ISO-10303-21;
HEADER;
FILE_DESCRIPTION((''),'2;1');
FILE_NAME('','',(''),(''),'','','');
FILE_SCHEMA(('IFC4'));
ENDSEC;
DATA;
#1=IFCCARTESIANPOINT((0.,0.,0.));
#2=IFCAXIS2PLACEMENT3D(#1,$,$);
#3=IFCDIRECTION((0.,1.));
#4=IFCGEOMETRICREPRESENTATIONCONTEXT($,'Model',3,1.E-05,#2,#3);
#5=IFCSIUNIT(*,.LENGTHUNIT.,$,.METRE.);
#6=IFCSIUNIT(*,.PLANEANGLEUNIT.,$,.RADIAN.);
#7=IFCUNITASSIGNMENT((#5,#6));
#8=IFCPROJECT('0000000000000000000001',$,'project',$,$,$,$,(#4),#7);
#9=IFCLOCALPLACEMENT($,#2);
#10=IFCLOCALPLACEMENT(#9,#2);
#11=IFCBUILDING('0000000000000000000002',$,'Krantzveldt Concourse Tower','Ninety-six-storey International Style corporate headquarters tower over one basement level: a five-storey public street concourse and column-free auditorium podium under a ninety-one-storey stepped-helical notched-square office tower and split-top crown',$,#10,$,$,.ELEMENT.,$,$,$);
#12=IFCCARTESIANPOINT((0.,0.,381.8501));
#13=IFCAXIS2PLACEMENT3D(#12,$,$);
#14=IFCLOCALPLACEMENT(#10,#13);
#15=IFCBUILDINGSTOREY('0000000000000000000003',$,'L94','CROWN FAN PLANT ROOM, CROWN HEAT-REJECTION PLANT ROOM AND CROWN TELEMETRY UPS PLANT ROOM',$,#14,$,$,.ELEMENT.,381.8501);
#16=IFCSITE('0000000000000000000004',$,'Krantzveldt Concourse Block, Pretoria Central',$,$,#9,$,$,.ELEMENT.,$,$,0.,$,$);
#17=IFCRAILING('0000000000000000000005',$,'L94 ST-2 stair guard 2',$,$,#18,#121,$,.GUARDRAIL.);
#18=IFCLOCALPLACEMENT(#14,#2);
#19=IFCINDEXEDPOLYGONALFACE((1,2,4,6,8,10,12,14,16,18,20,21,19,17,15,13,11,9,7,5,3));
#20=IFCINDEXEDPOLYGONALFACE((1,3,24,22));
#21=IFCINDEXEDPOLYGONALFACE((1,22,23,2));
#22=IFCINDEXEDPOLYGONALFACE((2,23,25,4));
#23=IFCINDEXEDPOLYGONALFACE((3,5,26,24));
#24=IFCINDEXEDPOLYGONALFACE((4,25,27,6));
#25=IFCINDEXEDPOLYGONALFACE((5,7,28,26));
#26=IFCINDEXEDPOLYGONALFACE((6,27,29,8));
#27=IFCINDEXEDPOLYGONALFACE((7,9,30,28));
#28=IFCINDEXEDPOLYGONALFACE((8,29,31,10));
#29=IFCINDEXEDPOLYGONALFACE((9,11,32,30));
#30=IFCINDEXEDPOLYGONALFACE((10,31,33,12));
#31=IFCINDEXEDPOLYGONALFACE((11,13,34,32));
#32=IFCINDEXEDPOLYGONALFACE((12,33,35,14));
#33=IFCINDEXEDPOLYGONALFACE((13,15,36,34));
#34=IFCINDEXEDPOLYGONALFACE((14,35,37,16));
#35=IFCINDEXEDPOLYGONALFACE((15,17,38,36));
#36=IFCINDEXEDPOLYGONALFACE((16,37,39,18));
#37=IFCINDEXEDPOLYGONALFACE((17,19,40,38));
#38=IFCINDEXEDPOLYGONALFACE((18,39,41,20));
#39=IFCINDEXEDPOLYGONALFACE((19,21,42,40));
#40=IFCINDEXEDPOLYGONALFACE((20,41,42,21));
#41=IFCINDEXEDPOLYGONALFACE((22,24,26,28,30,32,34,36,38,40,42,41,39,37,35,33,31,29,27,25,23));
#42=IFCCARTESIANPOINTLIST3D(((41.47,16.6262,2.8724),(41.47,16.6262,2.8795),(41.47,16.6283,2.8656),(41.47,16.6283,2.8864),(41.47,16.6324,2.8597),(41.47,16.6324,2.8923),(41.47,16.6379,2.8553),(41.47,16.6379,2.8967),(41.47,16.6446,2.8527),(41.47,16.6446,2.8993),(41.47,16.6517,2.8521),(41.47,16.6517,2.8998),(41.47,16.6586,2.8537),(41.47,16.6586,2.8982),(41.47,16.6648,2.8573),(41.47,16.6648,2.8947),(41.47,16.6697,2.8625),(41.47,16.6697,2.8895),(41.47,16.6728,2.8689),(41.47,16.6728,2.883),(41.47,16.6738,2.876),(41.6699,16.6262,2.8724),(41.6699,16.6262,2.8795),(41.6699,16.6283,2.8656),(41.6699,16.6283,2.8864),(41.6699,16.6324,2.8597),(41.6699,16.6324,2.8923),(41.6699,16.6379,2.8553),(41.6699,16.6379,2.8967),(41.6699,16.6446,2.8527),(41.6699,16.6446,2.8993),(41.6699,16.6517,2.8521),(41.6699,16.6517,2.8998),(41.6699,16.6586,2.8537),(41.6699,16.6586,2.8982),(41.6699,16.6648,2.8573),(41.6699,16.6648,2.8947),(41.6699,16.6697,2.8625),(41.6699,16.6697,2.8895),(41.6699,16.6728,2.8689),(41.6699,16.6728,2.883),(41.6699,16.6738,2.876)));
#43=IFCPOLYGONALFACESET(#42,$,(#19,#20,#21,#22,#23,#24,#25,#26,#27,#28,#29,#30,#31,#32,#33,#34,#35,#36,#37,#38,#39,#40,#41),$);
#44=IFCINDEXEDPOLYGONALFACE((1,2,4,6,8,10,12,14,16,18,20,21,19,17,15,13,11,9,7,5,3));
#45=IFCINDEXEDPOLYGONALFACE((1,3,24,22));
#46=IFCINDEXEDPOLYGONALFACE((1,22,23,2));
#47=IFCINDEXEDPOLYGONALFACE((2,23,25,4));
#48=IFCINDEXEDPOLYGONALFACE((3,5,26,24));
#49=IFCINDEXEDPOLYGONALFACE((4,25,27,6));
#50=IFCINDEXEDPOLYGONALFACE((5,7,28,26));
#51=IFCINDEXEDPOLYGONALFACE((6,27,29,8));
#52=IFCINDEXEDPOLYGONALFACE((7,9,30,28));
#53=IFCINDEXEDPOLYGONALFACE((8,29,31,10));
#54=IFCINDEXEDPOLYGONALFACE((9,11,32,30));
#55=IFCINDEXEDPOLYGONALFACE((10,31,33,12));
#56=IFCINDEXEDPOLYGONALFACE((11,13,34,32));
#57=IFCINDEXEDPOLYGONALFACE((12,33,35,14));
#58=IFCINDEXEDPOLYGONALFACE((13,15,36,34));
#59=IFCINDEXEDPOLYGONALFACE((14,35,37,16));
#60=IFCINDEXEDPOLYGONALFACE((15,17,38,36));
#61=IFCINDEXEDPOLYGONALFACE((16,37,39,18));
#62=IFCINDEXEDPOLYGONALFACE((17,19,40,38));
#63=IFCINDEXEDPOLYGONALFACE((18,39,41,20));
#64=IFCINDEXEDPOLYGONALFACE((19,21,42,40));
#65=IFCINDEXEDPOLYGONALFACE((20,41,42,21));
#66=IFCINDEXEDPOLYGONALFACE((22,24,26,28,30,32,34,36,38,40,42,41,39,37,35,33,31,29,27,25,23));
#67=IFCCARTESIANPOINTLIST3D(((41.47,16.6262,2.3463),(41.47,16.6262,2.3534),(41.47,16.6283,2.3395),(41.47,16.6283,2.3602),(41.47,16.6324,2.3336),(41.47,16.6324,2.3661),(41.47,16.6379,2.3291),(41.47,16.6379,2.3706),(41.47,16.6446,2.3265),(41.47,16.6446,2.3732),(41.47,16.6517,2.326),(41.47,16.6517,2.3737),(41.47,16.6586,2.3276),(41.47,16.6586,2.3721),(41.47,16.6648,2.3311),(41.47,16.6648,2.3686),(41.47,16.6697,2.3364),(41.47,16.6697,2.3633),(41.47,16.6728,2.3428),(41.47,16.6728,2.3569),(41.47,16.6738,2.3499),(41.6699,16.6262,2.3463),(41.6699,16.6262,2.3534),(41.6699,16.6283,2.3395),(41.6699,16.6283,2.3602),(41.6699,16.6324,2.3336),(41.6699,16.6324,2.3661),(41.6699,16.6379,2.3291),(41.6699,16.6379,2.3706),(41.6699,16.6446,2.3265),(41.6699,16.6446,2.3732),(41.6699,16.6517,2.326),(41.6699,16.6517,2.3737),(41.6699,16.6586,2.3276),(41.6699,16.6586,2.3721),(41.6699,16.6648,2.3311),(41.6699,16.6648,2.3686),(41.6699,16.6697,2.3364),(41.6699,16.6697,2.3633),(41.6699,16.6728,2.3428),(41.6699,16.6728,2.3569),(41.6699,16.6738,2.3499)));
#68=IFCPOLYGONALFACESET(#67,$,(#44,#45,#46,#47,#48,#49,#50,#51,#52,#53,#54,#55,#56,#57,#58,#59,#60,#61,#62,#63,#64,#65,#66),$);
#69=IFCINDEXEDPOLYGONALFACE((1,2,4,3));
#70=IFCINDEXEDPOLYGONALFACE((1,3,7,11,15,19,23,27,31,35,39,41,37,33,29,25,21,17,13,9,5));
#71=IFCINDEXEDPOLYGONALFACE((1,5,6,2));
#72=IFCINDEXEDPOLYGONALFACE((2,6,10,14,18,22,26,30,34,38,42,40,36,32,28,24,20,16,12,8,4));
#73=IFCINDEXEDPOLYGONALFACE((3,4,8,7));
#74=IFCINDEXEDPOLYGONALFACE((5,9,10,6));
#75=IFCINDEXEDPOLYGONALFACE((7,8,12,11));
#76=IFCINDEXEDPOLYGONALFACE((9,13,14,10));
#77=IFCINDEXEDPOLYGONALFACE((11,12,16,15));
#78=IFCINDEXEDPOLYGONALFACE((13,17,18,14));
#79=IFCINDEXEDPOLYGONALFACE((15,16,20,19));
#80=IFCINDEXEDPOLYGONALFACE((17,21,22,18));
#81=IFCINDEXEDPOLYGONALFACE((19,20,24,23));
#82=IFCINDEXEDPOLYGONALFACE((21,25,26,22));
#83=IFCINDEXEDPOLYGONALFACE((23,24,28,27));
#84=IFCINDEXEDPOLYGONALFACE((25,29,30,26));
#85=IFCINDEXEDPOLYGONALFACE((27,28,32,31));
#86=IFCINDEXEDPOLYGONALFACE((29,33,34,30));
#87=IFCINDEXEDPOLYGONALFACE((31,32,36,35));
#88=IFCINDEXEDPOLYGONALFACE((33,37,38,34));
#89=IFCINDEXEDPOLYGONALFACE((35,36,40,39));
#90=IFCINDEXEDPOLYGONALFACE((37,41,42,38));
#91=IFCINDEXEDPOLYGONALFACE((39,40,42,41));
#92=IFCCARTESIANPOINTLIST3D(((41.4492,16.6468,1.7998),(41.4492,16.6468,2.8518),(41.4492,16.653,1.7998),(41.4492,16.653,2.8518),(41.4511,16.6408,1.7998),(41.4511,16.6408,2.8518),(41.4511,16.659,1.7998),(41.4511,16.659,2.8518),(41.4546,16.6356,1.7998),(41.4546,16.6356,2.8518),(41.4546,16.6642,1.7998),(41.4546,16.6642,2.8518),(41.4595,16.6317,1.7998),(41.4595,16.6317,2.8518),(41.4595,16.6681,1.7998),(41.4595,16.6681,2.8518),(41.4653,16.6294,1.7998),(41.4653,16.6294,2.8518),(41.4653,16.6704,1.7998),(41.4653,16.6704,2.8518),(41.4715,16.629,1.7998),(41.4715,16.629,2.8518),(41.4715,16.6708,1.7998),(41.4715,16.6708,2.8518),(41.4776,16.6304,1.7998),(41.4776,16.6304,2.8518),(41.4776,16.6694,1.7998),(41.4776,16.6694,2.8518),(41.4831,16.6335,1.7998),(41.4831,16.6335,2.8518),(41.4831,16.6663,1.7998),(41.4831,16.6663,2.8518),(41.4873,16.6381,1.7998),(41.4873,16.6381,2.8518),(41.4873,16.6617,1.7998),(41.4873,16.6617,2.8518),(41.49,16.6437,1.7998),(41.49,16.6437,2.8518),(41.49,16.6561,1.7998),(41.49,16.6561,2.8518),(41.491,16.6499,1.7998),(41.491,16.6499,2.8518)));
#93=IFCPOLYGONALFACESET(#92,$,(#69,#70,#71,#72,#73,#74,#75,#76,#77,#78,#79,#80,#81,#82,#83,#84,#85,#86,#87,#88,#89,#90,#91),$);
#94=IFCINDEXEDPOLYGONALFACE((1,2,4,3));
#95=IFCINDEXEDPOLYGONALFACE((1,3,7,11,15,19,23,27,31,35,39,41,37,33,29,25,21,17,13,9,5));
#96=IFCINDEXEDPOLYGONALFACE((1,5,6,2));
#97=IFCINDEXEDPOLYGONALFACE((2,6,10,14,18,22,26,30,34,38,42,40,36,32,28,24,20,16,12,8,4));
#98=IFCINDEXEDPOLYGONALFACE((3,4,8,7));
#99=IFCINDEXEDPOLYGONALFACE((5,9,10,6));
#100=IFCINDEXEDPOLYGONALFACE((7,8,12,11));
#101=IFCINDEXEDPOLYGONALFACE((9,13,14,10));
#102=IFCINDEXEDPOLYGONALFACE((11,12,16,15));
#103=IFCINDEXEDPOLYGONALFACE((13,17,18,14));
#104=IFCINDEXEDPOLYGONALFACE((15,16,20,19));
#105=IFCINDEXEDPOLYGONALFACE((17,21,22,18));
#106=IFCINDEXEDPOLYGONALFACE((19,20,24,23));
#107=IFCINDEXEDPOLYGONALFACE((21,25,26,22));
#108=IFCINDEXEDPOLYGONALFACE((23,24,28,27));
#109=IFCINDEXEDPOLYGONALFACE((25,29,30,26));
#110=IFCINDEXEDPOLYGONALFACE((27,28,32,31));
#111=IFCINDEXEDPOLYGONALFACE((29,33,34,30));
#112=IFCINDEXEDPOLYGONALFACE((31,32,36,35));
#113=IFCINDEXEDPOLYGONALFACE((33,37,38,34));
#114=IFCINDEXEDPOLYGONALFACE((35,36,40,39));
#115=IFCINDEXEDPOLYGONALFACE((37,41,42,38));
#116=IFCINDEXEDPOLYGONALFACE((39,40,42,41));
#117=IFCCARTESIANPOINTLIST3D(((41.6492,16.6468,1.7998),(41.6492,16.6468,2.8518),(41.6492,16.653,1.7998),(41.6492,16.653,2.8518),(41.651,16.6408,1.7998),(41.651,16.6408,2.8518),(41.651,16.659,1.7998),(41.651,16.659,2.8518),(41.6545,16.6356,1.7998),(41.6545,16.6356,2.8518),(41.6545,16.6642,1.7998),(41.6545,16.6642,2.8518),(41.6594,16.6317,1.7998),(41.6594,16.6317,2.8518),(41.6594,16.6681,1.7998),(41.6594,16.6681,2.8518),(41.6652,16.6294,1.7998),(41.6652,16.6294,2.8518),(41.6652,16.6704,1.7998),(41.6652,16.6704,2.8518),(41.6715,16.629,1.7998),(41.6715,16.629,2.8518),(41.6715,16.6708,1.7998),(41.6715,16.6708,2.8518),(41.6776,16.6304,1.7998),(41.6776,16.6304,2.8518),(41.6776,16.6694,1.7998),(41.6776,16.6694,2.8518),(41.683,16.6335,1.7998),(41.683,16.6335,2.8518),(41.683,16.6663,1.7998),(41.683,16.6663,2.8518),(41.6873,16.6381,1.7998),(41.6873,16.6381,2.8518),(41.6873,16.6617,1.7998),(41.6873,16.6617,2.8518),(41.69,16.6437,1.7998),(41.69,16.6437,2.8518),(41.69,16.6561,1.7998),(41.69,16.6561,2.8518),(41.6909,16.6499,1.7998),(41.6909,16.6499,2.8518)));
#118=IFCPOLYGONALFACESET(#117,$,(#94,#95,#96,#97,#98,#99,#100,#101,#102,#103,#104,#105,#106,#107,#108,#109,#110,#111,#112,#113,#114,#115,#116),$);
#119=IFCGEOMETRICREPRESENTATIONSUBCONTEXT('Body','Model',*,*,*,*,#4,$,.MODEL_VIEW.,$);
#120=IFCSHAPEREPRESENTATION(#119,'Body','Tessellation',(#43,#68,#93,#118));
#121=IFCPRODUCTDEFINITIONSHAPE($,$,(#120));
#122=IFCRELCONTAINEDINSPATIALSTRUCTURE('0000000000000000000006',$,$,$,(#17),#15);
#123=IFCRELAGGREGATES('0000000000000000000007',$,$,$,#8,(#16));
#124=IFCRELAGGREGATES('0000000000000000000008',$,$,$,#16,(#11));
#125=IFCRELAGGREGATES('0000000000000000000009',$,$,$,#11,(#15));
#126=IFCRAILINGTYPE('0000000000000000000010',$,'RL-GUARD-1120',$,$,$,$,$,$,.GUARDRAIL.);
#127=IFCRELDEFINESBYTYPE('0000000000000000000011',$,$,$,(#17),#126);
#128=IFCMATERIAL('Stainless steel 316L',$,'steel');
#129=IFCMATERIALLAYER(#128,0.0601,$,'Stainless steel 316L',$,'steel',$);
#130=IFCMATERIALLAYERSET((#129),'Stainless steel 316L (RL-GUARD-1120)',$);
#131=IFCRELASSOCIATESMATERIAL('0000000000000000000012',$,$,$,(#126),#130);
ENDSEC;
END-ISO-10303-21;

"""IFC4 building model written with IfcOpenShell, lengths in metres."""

from ifc_helpers import new_model, si_unit, direction, frame, origin, origin_2d, place, context, subcontext, project, spatial, circle, extrude, material, layer, layer_set, type_object, element, save


model = new_model("IFC4")

# Units and contexts
model_context = context("Model", 3, precision=1e-05, world=origin(), true_north=direction((0.0, 1.0)))
body_context = subcontext(model_context, "Body", "Model", "MODEL_VIEW")
ifc_project = project(units=[si_unit("LENGTHUNIT", "METRE"), si_unit("PLANEANGLEUNIT", "RADIAN")], contexts=[model_context])

# Site, building, storey
site_placement = place(None, origin())
site = spatial("IfcSite", under=ifc_project, at=site_placement, Name="Krantzveldt Concourse Block, Pretoria Central", CompositionType="ELEMENT", RefElevation=0.0)
building_placement = place(site_placement, origin())
building = spatial("IfcBuilding", under=site, at=building_placement, Name="Krantzveldt Concourse Tower", Description="Ninety-six-storey International Style corporate headquarters tower over one basement level: a five-storey public street concourse and column-free auditorium podium under a ninety-one-storey stepped-helical notched-square office tower and split-top crown", CompositionType="ELEMENT")
storey_placement = place(building_placement, frame((0.0, 0.0, 381.8501)))
storey = spatial("IfcBuildingStorey", under=building, at=storey_placement, Name="L94", Description="CROWN FAN PLANT ROOM, CROWN HEAT-REJECTION PLANT ROOM AND CROWN TELEMETRY UPS PLANT ROOM", CompositionType="ELEMENT", Elevation=381.8501)

# Railing
ifc_material_1 = material(Name="Stainless steel 316L", Category="steel")
ifc_layer_1 = layer(ifc_material_1, 0.0601, Name="Stainless steel 316L", Category="steel")
ifc_layer_set_1 = layer_set([ifc_layer_1], Name="Stainless steel 316L (RL-GUARD-1120)")
railing_type_1 = type_object("IfcRailingType", Name="RL-GUARD-1120", PredefinedType="GUARDRAIL", material=ifc_layer_set_1)
railing_1_placement = place(storey_placement, frame((41.47, 16.6499, 1.7998)))
element("IfcRailing", 1, at=railing_1_placement, inside=storey, type_object=railing_type_1, Name="L94 ST-2 stair guard 2", PredefinedType="GUARDRAIL", context=body_context, shape_type="SweptSolid", body=[
    extrude(circle(Radius=0.0239, at=origin_2d()), frame((0.0, 0.0, 1.0762), z_axis=(1.0, 0.0, 0.0), x_axis=(0.0, 1.0, 0.0)), (0.0, 0.0, 1.0), 0.2),
    extrude(circle(Radius=0.0239, at=origin_2d()), frame((0.0, 0.0, 0.55), z_axis=(1.0, 0.0, 0.0), x_axis=(0.0, 1.0, 0.0)), (0.0, 0.0, 1.0), 0.2),
    extrude(circle(Radius=0.021, at=origin_2d()), origin(), (0.0, 0.0, 1.0), 1.052),
    extrude(circle(Radius=0.021, at=origin_2d()), frame((0.2, 0.0, 0.0)), (0.0, 0.0, 1.0), 1.052),
])

save(model, "model.ifc")
